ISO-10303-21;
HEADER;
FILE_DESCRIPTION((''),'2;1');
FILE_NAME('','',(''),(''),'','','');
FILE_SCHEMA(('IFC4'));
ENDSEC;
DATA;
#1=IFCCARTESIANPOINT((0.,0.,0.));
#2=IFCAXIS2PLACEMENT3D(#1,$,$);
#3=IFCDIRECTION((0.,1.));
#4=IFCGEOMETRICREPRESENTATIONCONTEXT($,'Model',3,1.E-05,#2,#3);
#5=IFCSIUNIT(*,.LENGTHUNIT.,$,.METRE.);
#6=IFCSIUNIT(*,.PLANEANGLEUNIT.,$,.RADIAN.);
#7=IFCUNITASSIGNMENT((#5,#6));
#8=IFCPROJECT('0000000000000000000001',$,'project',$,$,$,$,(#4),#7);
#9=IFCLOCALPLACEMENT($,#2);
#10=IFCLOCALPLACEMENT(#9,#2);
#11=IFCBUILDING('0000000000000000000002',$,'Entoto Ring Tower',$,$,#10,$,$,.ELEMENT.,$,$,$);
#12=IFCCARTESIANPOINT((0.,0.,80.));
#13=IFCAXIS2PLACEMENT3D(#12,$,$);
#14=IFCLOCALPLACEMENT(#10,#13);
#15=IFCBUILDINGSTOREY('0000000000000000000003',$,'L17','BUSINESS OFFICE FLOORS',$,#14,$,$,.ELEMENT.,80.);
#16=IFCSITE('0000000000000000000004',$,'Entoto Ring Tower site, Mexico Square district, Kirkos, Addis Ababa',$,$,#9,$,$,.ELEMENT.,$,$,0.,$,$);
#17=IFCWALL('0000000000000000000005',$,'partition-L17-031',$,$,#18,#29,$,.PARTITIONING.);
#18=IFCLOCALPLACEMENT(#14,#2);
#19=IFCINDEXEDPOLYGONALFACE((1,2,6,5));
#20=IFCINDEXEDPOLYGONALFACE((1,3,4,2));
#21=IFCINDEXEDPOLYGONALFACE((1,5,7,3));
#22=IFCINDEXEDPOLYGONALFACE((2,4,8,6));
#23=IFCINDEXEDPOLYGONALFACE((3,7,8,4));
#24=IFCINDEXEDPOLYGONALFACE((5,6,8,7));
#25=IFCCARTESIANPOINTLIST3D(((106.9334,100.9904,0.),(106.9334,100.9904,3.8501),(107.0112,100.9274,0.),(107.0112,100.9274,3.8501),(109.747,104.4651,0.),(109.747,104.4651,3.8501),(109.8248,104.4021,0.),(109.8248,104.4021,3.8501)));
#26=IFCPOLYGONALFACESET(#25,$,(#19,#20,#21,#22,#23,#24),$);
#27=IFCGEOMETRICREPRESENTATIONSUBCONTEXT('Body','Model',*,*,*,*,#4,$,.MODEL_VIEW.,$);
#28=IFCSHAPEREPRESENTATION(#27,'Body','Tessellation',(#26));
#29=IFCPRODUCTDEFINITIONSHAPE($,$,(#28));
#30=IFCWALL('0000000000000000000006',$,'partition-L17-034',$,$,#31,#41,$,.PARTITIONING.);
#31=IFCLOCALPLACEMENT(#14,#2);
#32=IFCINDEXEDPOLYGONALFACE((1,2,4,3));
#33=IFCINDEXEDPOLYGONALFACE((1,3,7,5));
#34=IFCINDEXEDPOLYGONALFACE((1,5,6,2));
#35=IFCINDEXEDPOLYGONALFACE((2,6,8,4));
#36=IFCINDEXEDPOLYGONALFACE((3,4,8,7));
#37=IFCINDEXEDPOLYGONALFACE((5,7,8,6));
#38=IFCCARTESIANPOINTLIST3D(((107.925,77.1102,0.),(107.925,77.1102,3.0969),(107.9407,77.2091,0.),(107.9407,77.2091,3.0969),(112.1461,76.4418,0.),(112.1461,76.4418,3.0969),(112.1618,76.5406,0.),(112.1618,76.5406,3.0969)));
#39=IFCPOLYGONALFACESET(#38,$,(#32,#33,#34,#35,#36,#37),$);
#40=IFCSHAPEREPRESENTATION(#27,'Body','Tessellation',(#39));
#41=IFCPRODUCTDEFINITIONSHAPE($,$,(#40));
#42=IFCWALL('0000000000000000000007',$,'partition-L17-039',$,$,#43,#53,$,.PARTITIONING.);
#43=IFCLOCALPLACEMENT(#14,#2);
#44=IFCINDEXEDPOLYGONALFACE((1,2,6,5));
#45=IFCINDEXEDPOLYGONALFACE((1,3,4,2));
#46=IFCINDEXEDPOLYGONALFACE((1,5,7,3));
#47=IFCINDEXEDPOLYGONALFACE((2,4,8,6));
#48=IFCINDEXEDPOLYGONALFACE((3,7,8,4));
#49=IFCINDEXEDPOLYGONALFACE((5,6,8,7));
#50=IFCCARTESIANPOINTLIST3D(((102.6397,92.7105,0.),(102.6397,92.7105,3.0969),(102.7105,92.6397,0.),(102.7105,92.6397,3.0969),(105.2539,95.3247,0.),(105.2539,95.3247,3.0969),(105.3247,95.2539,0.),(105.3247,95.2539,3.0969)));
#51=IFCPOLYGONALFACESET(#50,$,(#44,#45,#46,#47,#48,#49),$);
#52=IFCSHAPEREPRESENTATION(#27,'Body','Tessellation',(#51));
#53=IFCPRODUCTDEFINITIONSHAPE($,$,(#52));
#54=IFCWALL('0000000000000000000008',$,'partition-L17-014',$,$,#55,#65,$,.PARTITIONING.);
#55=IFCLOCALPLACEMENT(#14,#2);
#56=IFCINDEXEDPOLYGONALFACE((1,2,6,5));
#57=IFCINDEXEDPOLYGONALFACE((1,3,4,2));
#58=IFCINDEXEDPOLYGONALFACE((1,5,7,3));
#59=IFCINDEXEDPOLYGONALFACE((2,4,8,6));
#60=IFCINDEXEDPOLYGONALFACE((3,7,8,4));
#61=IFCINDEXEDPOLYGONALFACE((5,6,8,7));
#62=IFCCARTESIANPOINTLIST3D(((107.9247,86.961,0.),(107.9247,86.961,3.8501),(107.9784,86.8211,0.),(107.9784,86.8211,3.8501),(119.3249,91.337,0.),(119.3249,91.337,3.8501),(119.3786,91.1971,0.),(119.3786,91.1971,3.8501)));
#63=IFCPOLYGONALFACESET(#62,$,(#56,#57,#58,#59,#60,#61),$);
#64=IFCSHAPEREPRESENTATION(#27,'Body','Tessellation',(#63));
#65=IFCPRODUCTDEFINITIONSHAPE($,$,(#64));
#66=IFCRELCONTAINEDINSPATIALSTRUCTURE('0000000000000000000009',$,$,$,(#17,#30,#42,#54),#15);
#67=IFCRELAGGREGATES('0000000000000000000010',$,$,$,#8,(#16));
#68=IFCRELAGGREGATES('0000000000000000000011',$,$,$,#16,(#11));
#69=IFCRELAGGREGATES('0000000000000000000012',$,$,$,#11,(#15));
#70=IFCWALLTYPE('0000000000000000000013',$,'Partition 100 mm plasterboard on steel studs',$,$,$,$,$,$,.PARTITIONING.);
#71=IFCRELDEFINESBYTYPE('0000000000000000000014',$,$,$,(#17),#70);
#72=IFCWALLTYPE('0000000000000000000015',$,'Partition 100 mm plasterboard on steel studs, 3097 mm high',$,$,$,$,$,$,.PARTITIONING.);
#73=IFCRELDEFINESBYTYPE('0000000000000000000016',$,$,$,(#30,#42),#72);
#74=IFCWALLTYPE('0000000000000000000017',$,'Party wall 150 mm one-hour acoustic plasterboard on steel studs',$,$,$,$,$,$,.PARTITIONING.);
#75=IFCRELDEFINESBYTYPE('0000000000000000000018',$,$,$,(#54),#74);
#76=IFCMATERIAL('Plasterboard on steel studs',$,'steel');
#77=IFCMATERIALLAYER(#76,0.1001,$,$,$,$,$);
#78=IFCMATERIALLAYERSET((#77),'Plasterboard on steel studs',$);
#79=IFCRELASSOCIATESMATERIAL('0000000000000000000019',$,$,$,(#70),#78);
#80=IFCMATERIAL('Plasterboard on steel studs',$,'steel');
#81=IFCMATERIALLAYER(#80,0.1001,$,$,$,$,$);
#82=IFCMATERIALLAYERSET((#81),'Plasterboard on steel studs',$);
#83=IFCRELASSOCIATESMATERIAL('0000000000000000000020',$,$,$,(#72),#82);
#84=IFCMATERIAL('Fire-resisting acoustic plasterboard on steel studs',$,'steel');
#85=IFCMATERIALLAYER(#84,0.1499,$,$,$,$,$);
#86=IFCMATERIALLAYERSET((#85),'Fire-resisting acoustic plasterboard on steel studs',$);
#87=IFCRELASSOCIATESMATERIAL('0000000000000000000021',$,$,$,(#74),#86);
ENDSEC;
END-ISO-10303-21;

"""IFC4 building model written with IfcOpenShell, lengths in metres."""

from ifc_helpers import new_model, si_unit, direction, frame, frame_2d, origin, place, context, subcontext, project, spatial, rectangle, extrude, material, layer, layer_set, type_object, element, save


model = new_model("IFC4")

# Units and contexts
model_context = context("Model", 3, precision=1e-05, world=origin(), true_north=direction((0.0, 1.0)))
body_context = subcontext(model_context, "Body", "Model", "MODEL_VIEW")
ifc_project = project(units=[si_unit("LENGTHUNIT", "METRE"), si_unit("PLANEANGLEUNIT", "RADIAN")], contexts=[model_context])

# Site, building, storey
site_placement = place(None, origin())
site = spatial("IfcSite", under=ifc_project, at=site_placement, Name="Entoto Ring Tower site, Mexico Square district, Kirkos, Addis Ababa", CompositionType="ELEMENT", RefElevation=0.0)
building_placement = place(site_placement, origin())
building = spatial("IfcBuilding", under=site, at=building_placement, Name="Entoto Ring Tower", CompositionType="ELEMENT")
storey_placement = place(building_placement, frame((0.0, 0.0, 80.0)))
storey = spatial("IfcBuildingStorey", under=building, at=storey_placement, Name="L17", Description="BUSINESS OFFICE FLOORS", CompositionType="ELEMENT", Elevation=80.0)

# Shared definitions
ifc_material_1 = material(Name="Plasterboard on steel studs", Category="steel")
ifc_layer_1 = layer(ifc_material_1, 0.1001)
ifc_layer_set_1 = layer_set([ifc_layer_1], Name="Plasterboard on steel studs")
wall_type_1 = type_object("IfcWallType", Name="Partition 100 mm plasterboard on steel studs", PredefinedType="PARTITIONING", material=ifc_layer_set_1)

# Walls
wall_1_placement = place(storey_placement, frame((106.9724, 100.959, 0.0), z_axis=(0.0, 0.0, 1.0), x_axis=(0.629292, 0.777169, 0.0)))
element("IfcWall", 1, at=wall_1_placement, inside=storey, type_object=wall_type_1, Name="partition-L17-031", PredefinedType="PARTITIONING", context=body_context, shape_type="SweptSolid", body=[
    extrude(rectangle(XDim=4.4709, YDim=0.1001, at=frame_2d((2.2354, 0.0))), origin(), (0.0, 0.0, 1.0), 3.8501),
])
ifc_material_2 = material(Name="Plasterboard on steel studs", Category="steel")
ifc_layer_2 = layer(ifc_material_2, 0.1001)
ifc_layer_set_2 = layer_set([ifc_layer_2], Name="Plasterboard on steel studs")
wall_type_2 = type_object("IfcWallType", Name="Partition 100 mm plasterboard on steel studs, 3097 mm high", PredefinedType="PARTITIONING", material=ifc_layer_set_2)
wall_2_placement = place(storey_placement, frame((112.1538, 76.4912, 0.0), z_axis=(0.0, 0.0, 1.0), x_axis=(-0.987692, 0.156408, 0.0)))
element("IfcWall", 2, at=wall_2_placement, inside=storey, type_object=wall_type_2, Name="partition-L17-034", PredefinedType="PARTITIONING", context=body_context, shape_type="SweptSolid", body=[
    extrude(rectangle(XDim=4.2737, YDim=0.1001, at=frame_2d((2.1367, 0.0))), origin(), (0.0, 0.0, 1.0), 3.0969),
])
wall_3_placement = place(storey_placement, frame((102.675, 92.675, 0.0), z_axis=(0.0, 0.0, 1.0), x_axis=(0.707107, 0.707107, 0.0)))
element("IfcWall", 3, at=wall_3_placement, inside=storey, type_object=wall_type_2, Name="partition-L17-039", PredefinedType="PARTITIONING", context=body_context, shape_type="SweptSolid", body=[
    extrude(rectangle(XDim=3.697, YDim=0.1001, at=frame_2d((1.8486, 0.0))), origin(), (0.0, 0.0, 1.0), 3.0969),
])
ifc_material_3 = material(Name="Fire-resisting acoustic plasterboard on steel studs", Category="steel")
ifc_layer_3 = layer(ifc_material_3, 0.1499)
ifc_layer_set_3 = layer_set([ifc_layer_3], Name="Fire-resisting acoustic plasterboard on steel studs")
wall_type_3 = type_object("IfcWallType", Name="Party wall 150 mm one-hour acoustic plasterboard on steel studs", PredefinedType="PARTITIONING", material=ifc_layer_set_3)
wall_4_placement = place(storey_placement, frame((107.9517, 86.8911, 0.0), z_axis=(0.0, 0.0, 1.0), x_axis=(0.933584, 0.358359, 0.0)))
element("IfcWall", 4, at=wall_4_placement, inside=storey, type_object=wall_type_3, Name="partition-L17-014", PredefinedType="PARTITIONING", context=body_context, shape_type="SweptSolid", body=[
    extrude(rectangle(XDim=12.2112, YDim=0.1499, at=frame_2d((6.1055, 0.0))), origin(), (0.0, 0.0, 1.0), 3.8501),
])

save(model, "model.ifc")
